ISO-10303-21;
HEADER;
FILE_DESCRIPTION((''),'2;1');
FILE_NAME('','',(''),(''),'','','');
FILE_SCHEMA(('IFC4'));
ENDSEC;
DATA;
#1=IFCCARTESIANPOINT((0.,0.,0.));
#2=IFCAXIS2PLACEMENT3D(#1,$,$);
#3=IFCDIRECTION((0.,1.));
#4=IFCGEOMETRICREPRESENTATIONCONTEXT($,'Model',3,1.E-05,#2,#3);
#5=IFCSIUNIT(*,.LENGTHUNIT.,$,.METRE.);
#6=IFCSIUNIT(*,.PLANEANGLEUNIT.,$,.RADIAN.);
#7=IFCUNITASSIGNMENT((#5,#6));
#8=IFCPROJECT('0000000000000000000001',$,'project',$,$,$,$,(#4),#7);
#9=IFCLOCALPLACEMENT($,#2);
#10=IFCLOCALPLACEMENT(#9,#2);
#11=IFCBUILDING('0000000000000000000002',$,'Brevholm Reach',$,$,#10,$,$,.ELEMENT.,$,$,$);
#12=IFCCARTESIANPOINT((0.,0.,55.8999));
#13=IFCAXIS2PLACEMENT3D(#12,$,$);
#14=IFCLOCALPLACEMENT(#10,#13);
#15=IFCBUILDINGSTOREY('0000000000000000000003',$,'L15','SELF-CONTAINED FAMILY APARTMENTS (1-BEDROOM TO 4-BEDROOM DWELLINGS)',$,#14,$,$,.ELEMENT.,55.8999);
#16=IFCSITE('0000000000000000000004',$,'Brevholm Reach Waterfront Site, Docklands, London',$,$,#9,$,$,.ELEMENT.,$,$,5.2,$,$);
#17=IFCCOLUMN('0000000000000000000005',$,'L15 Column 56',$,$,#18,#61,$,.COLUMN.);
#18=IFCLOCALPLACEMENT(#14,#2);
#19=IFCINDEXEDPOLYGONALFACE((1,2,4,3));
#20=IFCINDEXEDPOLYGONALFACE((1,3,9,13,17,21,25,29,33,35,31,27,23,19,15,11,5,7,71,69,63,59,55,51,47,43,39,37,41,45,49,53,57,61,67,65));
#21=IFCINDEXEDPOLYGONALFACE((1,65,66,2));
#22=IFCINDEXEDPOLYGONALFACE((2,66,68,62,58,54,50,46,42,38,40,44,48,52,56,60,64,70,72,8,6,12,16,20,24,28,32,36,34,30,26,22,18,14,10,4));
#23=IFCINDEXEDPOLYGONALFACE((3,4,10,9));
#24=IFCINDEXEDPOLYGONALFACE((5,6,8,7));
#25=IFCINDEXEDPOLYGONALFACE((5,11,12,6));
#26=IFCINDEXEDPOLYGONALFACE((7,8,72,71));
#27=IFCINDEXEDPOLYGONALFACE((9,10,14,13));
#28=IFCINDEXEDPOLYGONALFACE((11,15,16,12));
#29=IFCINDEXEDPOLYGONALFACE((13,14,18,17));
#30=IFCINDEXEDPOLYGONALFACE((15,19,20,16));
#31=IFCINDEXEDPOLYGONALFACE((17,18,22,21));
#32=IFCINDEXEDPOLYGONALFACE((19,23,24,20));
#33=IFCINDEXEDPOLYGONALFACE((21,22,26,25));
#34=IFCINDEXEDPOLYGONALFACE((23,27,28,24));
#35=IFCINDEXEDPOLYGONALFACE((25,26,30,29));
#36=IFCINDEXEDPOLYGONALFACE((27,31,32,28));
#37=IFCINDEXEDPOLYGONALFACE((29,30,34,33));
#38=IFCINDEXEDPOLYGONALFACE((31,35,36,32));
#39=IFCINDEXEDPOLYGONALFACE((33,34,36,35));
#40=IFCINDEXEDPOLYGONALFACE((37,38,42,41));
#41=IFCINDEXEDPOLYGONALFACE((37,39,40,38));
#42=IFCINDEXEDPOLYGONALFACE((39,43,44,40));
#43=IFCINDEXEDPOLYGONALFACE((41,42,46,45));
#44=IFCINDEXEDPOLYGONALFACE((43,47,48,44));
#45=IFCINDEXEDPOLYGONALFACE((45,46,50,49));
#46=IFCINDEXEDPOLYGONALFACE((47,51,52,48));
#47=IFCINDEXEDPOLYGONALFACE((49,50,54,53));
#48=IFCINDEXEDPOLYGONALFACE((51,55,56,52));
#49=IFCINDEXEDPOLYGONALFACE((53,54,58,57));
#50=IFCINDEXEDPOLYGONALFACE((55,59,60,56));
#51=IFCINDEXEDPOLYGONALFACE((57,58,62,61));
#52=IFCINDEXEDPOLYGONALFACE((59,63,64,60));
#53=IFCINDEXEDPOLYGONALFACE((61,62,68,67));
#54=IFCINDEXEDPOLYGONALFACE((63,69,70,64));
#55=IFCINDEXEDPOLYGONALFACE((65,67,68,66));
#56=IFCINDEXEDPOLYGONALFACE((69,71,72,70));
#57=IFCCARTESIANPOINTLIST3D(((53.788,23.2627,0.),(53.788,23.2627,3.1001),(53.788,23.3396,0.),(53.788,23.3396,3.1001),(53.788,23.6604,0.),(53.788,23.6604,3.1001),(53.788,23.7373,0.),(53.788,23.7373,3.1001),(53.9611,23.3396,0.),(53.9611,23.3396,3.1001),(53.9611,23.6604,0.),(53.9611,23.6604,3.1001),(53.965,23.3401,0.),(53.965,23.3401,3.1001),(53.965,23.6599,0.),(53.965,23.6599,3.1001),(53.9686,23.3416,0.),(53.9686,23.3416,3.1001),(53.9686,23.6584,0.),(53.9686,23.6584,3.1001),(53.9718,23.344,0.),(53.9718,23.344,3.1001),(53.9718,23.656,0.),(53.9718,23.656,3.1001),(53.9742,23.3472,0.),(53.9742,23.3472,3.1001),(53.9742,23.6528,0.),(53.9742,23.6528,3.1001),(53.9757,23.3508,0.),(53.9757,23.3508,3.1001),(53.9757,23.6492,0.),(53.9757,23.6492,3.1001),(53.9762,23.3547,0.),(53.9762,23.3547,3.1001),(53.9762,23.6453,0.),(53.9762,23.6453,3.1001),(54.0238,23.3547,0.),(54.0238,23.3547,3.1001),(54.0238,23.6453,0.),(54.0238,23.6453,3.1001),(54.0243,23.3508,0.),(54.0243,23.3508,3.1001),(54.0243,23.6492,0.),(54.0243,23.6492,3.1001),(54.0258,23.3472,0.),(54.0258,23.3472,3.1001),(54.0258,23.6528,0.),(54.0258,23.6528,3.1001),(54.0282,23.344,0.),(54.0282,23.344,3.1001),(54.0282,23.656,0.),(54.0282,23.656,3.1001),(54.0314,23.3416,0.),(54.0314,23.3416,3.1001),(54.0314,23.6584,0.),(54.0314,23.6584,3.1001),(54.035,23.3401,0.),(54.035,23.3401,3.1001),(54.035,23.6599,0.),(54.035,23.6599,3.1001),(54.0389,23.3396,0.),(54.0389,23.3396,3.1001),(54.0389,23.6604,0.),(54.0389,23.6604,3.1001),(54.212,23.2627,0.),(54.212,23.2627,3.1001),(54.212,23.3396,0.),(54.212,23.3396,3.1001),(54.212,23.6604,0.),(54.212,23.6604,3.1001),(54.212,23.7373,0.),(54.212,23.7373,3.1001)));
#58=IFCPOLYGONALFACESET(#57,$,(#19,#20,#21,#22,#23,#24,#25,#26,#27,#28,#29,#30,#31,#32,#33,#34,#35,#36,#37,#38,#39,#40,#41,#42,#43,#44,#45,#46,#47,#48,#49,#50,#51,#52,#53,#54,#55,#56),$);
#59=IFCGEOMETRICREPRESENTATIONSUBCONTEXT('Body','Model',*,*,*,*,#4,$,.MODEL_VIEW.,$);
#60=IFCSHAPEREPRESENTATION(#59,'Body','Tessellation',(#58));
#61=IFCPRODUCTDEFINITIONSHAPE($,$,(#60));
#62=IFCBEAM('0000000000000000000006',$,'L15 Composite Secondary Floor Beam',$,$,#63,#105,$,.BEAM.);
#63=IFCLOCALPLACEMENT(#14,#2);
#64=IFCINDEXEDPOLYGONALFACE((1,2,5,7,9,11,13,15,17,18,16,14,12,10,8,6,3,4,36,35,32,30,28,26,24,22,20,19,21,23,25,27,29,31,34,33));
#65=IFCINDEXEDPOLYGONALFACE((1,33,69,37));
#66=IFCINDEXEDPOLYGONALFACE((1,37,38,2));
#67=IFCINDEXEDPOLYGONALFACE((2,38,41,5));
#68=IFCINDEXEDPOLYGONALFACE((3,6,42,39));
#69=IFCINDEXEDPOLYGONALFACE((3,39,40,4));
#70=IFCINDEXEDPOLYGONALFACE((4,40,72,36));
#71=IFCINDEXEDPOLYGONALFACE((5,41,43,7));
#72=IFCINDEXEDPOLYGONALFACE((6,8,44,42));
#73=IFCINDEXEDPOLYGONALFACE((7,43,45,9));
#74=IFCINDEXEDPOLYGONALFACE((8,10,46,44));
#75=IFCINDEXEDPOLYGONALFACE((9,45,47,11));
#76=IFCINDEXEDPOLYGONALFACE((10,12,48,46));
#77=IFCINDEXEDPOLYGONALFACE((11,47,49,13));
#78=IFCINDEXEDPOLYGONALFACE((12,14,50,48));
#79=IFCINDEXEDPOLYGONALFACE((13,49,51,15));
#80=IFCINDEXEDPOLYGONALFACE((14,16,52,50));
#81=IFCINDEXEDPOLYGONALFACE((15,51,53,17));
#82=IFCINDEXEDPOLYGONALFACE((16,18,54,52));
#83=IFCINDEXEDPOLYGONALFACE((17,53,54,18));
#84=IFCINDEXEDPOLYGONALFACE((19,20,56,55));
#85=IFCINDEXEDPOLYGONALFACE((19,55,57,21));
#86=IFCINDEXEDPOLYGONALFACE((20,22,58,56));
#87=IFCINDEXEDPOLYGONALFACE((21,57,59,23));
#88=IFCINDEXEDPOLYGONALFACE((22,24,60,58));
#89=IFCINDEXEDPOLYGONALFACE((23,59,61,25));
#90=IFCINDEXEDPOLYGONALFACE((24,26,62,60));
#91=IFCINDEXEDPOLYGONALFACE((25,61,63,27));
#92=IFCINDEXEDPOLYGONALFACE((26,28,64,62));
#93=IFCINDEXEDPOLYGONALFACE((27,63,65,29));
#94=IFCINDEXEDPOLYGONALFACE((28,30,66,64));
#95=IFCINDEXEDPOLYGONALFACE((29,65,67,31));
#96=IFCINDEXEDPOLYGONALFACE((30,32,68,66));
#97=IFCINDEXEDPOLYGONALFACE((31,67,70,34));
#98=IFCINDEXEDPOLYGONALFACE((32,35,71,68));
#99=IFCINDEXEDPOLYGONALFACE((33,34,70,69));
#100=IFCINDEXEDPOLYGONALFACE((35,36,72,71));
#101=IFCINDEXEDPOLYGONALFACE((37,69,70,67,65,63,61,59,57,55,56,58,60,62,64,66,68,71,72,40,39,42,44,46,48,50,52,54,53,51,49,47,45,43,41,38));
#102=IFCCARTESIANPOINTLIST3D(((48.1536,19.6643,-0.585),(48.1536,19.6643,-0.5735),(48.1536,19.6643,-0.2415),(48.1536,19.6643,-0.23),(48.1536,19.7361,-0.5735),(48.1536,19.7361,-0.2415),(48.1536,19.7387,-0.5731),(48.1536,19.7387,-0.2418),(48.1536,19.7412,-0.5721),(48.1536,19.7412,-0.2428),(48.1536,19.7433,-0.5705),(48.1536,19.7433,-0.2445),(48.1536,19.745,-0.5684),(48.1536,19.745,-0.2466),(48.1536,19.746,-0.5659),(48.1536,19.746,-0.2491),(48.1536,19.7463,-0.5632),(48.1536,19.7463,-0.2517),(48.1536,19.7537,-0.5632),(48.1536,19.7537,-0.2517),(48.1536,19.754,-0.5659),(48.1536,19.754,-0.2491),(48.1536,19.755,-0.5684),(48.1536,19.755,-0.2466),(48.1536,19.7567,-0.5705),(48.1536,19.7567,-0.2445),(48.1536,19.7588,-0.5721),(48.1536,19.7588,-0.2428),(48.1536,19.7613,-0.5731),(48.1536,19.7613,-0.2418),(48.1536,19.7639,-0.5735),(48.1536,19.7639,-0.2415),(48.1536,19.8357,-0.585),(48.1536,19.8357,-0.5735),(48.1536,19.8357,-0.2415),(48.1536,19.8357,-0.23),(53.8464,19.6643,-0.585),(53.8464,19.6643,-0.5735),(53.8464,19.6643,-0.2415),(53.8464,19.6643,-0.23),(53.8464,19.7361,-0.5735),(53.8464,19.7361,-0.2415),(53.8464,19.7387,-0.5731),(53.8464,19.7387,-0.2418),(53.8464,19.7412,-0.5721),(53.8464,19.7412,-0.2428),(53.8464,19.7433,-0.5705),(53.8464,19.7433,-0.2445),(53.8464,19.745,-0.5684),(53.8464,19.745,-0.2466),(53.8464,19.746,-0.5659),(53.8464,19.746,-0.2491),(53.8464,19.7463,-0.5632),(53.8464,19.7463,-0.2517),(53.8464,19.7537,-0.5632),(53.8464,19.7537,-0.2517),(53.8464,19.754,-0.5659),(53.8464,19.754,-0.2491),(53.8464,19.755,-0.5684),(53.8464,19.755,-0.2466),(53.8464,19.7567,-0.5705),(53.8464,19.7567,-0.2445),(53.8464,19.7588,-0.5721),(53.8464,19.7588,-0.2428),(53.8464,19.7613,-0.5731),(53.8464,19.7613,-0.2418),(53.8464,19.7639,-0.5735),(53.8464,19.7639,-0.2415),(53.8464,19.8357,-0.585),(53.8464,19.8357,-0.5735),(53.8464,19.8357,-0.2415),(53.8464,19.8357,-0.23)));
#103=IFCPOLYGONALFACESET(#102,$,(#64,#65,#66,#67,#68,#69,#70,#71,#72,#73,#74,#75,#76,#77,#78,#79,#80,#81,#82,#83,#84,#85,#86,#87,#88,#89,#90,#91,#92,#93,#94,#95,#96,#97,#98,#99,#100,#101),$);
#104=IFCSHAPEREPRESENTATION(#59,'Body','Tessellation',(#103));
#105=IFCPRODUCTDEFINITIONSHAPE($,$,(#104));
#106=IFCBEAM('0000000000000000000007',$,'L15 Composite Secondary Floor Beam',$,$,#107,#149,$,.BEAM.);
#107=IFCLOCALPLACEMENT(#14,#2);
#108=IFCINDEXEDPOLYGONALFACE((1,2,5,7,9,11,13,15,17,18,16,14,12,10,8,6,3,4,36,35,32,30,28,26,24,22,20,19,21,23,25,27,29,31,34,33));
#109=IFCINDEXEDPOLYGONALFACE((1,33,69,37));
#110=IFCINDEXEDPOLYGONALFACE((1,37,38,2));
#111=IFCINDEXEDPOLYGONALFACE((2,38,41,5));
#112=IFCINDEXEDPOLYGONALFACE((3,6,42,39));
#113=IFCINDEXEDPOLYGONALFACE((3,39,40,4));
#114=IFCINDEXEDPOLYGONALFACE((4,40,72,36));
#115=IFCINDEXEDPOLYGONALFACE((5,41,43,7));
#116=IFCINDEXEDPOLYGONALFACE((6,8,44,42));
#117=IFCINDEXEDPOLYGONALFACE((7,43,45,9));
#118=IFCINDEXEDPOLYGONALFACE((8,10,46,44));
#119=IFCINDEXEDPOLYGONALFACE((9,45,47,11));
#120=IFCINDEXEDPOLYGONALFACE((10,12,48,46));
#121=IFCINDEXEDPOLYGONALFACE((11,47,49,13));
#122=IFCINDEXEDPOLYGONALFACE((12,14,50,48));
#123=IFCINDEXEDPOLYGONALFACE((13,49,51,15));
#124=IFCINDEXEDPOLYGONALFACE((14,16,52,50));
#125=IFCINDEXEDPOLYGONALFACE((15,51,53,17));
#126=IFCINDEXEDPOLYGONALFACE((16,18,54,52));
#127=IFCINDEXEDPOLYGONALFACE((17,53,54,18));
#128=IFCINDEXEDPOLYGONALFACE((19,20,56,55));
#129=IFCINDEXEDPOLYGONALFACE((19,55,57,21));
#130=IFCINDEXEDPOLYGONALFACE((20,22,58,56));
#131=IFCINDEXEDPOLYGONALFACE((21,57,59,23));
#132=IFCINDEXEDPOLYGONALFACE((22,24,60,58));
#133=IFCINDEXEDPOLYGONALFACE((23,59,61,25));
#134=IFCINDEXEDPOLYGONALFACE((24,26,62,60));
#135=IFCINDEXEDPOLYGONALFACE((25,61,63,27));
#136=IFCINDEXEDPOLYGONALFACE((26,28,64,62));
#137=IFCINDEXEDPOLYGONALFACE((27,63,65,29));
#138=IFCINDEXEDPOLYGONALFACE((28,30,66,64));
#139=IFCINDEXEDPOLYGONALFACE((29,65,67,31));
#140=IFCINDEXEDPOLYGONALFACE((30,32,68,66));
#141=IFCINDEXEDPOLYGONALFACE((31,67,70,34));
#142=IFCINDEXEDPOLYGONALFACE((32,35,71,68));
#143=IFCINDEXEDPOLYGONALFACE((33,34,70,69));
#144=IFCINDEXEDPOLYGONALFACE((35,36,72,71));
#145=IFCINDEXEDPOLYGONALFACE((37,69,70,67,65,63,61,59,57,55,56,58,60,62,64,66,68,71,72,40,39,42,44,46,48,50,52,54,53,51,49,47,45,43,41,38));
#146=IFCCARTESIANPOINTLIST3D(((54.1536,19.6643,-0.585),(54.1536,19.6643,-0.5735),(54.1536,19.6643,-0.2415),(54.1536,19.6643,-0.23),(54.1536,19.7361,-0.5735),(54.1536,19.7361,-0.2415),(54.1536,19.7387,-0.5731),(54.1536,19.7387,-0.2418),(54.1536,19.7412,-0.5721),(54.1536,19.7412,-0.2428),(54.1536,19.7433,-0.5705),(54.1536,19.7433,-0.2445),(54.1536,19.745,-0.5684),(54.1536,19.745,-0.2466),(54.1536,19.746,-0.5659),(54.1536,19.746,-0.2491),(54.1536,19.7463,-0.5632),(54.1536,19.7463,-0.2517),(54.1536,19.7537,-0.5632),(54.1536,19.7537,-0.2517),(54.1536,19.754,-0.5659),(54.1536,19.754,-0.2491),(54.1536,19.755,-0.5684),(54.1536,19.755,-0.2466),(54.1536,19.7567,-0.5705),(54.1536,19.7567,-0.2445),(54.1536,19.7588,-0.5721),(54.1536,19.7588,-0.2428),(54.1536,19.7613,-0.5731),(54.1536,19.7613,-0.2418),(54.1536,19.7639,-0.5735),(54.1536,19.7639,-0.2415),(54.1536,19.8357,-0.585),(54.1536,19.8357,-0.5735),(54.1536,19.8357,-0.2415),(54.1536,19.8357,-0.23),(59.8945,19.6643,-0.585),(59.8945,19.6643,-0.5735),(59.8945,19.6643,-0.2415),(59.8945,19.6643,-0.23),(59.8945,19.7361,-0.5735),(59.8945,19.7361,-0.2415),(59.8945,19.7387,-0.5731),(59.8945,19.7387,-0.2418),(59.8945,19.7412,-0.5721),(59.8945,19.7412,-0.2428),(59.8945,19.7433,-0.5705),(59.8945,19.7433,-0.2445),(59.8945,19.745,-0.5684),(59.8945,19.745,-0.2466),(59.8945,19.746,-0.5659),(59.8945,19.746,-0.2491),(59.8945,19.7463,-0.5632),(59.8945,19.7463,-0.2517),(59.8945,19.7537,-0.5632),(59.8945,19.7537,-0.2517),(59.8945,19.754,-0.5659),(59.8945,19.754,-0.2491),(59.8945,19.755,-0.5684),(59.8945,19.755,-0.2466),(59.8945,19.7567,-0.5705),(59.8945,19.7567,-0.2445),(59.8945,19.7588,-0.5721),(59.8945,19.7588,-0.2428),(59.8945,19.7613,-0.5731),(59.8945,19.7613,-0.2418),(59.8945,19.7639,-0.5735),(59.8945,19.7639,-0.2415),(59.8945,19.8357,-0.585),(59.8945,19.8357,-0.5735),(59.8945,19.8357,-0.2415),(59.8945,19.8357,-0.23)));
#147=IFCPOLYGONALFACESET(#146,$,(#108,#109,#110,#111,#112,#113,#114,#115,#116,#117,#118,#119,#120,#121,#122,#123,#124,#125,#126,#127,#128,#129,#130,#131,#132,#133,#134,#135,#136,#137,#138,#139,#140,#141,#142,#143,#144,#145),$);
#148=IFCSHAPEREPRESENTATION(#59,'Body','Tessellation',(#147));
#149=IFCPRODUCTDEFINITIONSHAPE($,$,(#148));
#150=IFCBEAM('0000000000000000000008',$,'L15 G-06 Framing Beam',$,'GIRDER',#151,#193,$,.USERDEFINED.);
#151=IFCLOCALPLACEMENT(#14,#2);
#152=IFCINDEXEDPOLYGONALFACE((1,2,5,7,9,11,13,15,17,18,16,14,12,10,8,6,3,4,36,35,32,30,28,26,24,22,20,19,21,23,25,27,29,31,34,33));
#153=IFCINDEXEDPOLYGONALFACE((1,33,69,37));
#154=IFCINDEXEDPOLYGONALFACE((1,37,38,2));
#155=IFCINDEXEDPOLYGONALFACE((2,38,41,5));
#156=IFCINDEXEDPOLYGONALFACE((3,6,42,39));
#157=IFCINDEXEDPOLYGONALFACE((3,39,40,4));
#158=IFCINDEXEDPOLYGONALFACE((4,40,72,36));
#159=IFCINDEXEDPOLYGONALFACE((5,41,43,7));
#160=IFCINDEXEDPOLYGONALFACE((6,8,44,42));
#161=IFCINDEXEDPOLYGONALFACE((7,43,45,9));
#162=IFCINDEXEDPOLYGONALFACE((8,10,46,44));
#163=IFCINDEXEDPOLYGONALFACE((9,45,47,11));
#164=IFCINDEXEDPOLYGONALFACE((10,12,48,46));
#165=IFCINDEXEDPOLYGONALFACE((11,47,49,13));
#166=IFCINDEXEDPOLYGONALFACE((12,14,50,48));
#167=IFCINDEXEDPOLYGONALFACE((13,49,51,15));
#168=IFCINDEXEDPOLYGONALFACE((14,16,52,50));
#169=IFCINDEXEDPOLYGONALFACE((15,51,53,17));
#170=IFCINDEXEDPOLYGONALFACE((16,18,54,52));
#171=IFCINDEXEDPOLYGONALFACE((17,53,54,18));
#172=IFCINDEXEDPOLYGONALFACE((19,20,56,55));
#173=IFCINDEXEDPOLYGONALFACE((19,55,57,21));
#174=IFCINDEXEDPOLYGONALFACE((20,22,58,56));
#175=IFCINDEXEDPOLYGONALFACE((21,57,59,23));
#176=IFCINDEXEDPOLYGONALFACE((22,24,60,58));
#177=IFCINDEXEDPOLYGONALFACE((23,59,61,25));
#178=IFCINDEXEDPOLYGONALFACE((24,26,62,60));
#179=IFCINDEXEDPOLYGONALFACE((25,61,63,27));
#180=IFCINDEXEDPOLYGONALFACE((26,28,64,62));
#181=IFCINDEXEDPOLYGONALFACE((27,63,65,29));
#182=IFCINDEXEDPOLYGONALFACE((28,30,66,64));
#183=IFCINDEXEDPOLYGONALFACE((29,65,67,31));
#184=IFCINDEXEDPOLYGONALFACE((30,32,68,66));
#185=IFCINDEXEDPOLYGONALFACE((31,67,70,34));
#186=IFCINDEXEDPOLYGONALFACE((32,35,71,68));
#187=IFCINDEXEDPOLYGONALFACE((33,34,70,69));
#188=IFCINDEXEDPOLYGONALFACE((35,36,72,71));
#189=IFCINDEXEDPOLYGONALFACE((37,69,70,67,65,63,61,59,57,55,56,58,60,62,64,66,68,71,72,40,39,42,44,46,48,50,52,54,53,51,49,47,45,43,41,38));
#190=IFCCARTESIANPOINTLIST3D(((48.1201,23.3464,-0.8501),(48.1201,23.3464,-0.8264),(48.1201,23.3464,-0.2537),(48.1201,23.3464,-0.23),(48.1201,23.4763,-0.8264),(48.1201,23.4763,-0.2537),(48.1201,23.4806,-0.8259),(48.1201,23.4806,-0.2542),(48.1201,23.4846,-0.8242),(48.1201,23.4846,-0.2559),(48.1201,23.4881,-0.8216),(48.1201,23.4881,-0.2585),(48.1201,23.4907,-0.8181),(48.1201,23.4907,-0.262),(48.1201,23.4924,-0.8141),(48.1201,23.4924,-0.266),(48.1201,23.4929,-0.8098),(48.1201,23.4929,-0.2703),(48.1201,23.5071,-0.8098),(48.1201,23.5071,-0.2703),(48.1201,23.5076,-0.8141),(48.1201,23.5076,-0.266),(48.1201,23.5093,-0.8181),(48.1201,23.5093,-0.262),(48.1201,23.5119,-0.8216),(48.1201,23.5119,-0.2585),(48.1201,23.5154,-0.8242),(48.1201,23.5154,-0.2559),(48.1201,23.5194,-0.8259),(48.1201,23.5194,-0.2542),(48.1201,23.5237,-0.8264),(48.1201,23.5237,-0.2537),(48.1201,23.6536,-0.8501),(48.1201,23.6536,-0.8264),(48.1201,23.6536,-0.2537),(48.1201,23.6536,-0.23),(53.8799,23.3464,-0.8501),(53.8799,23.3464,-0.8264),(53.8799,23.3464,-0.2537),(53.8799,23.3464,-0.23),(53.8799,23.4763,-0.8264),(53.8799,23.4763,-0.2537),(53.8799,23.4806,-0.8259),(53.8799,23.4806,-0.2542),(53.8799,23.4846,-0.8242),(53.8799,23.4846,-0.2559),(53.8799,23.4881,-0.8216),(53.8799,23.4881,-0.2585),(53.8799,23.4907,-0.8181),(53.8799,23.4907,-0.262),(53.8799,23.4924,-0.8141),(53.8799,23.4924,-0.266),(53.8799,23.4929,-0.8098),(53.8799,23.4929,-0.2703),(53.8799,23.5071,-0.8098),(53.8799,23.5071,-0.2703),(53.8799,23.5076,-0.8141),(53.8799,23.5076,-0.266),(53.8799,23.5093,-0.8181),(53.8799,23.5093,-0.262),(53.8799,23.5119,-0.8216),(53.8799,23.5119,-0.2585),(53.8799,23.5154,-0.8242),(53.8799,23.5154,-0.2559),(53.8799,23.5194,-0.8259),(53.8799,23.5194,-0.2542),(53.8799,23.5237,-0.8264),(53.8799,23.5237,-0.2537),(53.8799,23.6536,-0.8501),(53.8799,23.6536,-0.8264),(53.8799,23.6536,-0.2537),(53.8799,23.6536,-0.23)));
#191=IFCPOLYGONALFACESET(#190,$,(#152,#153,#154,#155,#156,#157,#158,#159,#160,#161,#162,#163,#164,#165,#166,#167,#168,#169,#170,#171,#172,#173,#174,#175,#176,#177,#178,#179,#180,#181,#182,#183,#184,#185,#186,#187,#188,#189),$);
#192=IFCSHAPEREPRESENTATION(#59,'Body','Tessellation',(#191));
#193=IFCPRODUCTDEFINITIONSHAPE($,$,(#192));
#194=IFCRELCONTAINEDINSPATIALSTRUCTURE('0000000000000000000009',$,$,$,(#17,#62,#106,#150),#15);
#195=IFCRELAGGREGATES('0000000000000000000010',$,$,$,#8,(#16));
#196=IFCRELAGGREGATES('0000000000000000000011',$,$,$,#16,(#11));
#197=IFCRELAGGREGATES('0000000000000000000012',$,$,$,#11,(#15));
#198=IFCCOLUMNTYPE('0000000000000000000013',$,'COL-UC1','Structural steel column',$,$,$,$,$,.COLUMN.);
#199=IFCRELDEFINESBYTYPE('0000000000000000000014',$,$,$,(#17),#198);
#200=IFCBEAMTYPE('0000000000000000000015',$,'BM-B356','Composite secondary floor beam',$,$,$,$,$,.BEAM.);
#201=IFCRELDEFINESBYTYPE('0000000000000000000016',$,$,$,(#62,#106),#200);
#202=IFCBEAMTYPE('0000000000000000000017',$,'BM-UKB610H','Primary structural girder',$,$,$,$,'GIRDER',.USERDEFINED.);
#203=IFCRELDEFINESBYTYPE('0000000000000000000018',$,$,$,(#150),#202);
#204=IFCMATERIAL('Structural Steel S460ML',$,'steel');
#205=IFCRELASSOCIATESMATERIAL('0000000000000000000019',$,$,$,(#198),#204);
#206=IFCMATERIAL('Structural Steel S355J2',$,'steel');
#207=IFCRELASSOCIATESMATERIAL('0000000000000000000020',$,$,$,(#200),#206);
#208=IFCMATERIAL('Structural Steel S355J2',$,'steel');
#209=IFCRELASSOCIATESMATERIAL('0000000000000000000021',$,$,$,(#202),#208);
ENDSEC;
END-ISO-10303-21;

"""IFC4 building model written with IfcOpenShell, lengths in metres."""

from ifc_helpers import new_model, si_unit, direction, frame, origin, origin_2d, place, context, subcontext, project, spatial, i_section, extrude, material, material_profile, profile_set, type_object, element, save


model = new_model("IFC4")

# Units and contexts
model_context = context("Model", 3, precision=1e-05, world=origin(), true_north=direction((0.0, 1.0)))
body_context = subcontext(model_context, "Body", "Model", "MODEL_VIEW")
ifc_project = project(units=[si_unit("LENGTHUNIT", "METRE"), si_unit("PLANEANGLEUNIT", "RADIAN")], contexts=[model_context])

# Site, building, storey
site_placement = place(None, origin())
site = spatial("IfcSite", under=ifc_project, at=site_placement, Name="Brevholm Reach Waterfront Site, Docklands, London", CompositionType="ELEMENT", RefElevation=5.2)
building_placement = place(site_placement, origin())
building = spatial("IfcBuilding", under=site, at=building_placement, Name="Brevholm Reach", CompositionType="ELEMENT")
storey_placement = place(building_placement, frame((0.0, 0.0, 55.8999)))
storey = spatial("IfcBuildingStorey", under=building, at=storey_placement, Name="L15", Description="SELF-CONTAINED FAMILY APARTMENTS (1-BEDROOM TO 4-BEDROOM DWELLINGS)", CompositionType="ELEMENT", Elevation=55.8999)

# Column
ifc_material_1 = material(Name="Structural Steel S460ML", Category="steel")
ifc_material_profile_1 = material_profile(ifc_material_1, i_section(OverallWidth=0.4241, OverallDepth=0.4746, WebThickness=0.0476, FlangeThickness=0.0769, FilletRadius=0.0151, at=origin_2d()), Name="UKC 356x406x634")
ifc_profile_set_1 = profile_set([ifc_material_profile_1], Name="Structural Steel S460ML")
column_type = type_object("IfcColumnType", Name="COL-UC1", Description="Structural steel column", PredefinedType="COLUMN", material=ifc_profile_set_1)
column_placement = place(storey_placement, frame((54.0, 23.5, 0.0), z_axis=(0.0, 0.0, 1.0), x_axis=(1.0, 0.0, 0.0)))
element("IfcColumn", 1, at=column_placement, inside=storey, type_object=column_type, Name="L15 Column 56", PredefinedType="COLUMN", context=body_context, shape_type="SweptSolid", body=[
    extrude(i_section(OverallWidth=0.4241, OverallDepth=0.4746, WebThickness=0.0476, FlangeThickness=0.0769, FilletRadius=0.0151, at=origin_2d()), origin(), (0.0, 0.0, 1.0), 3.1001),
])

# Beams
ifc_material_2 = material(Name="Structural Steel S355J2", Category="steel")
ifc_material_profile_2 = material_profile(ifc_material_2, i_section(OverallWidth=0.1714, OverallDepth=0.355, WebThickness=0.0073, FlangeThickness=0.0115, FilletRadius=0.0103, at=origin_2d()), Name="UKB 356x171x51")
ifc_profile_set_2 = profile_set([ifc_material_profile_2], Name="Structural Steel S355J2")
beam_type_1 = type_object("IfcBeamType", Name="BM-B356", Description="Composite secondary floor beam", PredefinedType="BEAM", material=ifc_profile_set_2)
beam_1_placement = place(storey_placement, frame((48.1536, 19.75, -0.4075), z_axis=(1.0, 0.0, 0.0), x_axis=(0.0, 1.0, 0.0)))
element("IfcBeam", 2, at=beam_1_placement, inside=storey, type_object=beam_type_1, Name="L15 Composite Secondary Floor Beam", PredefinedType="BEAM", context=body_context, shape_type="SweptSolid", body=[
    extrude(i_section(OverallWidth=0.1714, OverallDepth=0.355, WebThickness=0.0073, FlangeThickness=0.0115, FilletRadius=0.0103, at=origin_2d()), origin(), (0.0, 0.0, 1.0), 5.6929),
])
beam_2_placement = place(storey_placement, frame((54.1536, 19.75, -0.4075), z_axis=(1.0, 0.0, 0.0), x_axis=(0.0, 1.0, 0.0)))
element("IfcBeam", 3, at=beam_2_placement, inside=storey, type_object=beam_type_1, Name="L15 Composite Secondary Floor Beam", PredefinedType="BEAM", context=body_context, shape_type="SweptSolid", body=[
    extrude(i_section(OverallWidth=0.1714, OverallDepth=0.355, WebThickness=0.0073, FlangeThickness=0.0115, FilletRadius=0.0103, at=origin_2d()), origin(), (0.0, 0.0, 1.0), 5.741),
])
ifc_material_3 = material(Name="Structural Steel S355J2", Category="steel")
ifc_material_profile_3 = material_profile(ifc_material_3, i_section(OverallWidth=0.3071, OverallDepth=0.6201, WebThickness=0.0142, FlangeThickness=0.0237, FilletRadius=0.0166, at=origin_2d()), Name="UKB 610x305x179")
ifc_profile_set_3 = profile_set([ifc_material_profile_3], Name="Structural Steel S355J2")
beam_type_2 = type_object("IfcBeamType", Name="BM-UKB610H", Description="Primary structural girder", ElementType="GIRDER", PredefinedType="USERDEFINED", material=ifc_profile_set_3)
for number, where, z_axis, x_axis, name in (
    (4, (48.1201, 23.5, -0.54), (1.0, 0.0, 0.0), (0.0, 1.0, 0.0), "L15 G-06 Framing Beam"),
):
    element("IfcBeam", number, at=place(storey_placement, frame(where, z_axis=z_axis, x_axis=x_axis)), inside=storey, type_object=beam_type_2, Name=name, ObjectType="GIRDER", PredefinedType="USERDEFINED", context=body_context, shape_type="SweptSolid", body=[
        extrude(i_section(OverallWidth=0.3071, OverallDepth=0.6201, WebThickness=0.0142, FlangeThickness=0.0237, FilletRadius=0.0166, at=origin_2d()), origin(), (0.0, 0.0, 1.0), 5.7598),
    ])

save(model, "model.ifc")
